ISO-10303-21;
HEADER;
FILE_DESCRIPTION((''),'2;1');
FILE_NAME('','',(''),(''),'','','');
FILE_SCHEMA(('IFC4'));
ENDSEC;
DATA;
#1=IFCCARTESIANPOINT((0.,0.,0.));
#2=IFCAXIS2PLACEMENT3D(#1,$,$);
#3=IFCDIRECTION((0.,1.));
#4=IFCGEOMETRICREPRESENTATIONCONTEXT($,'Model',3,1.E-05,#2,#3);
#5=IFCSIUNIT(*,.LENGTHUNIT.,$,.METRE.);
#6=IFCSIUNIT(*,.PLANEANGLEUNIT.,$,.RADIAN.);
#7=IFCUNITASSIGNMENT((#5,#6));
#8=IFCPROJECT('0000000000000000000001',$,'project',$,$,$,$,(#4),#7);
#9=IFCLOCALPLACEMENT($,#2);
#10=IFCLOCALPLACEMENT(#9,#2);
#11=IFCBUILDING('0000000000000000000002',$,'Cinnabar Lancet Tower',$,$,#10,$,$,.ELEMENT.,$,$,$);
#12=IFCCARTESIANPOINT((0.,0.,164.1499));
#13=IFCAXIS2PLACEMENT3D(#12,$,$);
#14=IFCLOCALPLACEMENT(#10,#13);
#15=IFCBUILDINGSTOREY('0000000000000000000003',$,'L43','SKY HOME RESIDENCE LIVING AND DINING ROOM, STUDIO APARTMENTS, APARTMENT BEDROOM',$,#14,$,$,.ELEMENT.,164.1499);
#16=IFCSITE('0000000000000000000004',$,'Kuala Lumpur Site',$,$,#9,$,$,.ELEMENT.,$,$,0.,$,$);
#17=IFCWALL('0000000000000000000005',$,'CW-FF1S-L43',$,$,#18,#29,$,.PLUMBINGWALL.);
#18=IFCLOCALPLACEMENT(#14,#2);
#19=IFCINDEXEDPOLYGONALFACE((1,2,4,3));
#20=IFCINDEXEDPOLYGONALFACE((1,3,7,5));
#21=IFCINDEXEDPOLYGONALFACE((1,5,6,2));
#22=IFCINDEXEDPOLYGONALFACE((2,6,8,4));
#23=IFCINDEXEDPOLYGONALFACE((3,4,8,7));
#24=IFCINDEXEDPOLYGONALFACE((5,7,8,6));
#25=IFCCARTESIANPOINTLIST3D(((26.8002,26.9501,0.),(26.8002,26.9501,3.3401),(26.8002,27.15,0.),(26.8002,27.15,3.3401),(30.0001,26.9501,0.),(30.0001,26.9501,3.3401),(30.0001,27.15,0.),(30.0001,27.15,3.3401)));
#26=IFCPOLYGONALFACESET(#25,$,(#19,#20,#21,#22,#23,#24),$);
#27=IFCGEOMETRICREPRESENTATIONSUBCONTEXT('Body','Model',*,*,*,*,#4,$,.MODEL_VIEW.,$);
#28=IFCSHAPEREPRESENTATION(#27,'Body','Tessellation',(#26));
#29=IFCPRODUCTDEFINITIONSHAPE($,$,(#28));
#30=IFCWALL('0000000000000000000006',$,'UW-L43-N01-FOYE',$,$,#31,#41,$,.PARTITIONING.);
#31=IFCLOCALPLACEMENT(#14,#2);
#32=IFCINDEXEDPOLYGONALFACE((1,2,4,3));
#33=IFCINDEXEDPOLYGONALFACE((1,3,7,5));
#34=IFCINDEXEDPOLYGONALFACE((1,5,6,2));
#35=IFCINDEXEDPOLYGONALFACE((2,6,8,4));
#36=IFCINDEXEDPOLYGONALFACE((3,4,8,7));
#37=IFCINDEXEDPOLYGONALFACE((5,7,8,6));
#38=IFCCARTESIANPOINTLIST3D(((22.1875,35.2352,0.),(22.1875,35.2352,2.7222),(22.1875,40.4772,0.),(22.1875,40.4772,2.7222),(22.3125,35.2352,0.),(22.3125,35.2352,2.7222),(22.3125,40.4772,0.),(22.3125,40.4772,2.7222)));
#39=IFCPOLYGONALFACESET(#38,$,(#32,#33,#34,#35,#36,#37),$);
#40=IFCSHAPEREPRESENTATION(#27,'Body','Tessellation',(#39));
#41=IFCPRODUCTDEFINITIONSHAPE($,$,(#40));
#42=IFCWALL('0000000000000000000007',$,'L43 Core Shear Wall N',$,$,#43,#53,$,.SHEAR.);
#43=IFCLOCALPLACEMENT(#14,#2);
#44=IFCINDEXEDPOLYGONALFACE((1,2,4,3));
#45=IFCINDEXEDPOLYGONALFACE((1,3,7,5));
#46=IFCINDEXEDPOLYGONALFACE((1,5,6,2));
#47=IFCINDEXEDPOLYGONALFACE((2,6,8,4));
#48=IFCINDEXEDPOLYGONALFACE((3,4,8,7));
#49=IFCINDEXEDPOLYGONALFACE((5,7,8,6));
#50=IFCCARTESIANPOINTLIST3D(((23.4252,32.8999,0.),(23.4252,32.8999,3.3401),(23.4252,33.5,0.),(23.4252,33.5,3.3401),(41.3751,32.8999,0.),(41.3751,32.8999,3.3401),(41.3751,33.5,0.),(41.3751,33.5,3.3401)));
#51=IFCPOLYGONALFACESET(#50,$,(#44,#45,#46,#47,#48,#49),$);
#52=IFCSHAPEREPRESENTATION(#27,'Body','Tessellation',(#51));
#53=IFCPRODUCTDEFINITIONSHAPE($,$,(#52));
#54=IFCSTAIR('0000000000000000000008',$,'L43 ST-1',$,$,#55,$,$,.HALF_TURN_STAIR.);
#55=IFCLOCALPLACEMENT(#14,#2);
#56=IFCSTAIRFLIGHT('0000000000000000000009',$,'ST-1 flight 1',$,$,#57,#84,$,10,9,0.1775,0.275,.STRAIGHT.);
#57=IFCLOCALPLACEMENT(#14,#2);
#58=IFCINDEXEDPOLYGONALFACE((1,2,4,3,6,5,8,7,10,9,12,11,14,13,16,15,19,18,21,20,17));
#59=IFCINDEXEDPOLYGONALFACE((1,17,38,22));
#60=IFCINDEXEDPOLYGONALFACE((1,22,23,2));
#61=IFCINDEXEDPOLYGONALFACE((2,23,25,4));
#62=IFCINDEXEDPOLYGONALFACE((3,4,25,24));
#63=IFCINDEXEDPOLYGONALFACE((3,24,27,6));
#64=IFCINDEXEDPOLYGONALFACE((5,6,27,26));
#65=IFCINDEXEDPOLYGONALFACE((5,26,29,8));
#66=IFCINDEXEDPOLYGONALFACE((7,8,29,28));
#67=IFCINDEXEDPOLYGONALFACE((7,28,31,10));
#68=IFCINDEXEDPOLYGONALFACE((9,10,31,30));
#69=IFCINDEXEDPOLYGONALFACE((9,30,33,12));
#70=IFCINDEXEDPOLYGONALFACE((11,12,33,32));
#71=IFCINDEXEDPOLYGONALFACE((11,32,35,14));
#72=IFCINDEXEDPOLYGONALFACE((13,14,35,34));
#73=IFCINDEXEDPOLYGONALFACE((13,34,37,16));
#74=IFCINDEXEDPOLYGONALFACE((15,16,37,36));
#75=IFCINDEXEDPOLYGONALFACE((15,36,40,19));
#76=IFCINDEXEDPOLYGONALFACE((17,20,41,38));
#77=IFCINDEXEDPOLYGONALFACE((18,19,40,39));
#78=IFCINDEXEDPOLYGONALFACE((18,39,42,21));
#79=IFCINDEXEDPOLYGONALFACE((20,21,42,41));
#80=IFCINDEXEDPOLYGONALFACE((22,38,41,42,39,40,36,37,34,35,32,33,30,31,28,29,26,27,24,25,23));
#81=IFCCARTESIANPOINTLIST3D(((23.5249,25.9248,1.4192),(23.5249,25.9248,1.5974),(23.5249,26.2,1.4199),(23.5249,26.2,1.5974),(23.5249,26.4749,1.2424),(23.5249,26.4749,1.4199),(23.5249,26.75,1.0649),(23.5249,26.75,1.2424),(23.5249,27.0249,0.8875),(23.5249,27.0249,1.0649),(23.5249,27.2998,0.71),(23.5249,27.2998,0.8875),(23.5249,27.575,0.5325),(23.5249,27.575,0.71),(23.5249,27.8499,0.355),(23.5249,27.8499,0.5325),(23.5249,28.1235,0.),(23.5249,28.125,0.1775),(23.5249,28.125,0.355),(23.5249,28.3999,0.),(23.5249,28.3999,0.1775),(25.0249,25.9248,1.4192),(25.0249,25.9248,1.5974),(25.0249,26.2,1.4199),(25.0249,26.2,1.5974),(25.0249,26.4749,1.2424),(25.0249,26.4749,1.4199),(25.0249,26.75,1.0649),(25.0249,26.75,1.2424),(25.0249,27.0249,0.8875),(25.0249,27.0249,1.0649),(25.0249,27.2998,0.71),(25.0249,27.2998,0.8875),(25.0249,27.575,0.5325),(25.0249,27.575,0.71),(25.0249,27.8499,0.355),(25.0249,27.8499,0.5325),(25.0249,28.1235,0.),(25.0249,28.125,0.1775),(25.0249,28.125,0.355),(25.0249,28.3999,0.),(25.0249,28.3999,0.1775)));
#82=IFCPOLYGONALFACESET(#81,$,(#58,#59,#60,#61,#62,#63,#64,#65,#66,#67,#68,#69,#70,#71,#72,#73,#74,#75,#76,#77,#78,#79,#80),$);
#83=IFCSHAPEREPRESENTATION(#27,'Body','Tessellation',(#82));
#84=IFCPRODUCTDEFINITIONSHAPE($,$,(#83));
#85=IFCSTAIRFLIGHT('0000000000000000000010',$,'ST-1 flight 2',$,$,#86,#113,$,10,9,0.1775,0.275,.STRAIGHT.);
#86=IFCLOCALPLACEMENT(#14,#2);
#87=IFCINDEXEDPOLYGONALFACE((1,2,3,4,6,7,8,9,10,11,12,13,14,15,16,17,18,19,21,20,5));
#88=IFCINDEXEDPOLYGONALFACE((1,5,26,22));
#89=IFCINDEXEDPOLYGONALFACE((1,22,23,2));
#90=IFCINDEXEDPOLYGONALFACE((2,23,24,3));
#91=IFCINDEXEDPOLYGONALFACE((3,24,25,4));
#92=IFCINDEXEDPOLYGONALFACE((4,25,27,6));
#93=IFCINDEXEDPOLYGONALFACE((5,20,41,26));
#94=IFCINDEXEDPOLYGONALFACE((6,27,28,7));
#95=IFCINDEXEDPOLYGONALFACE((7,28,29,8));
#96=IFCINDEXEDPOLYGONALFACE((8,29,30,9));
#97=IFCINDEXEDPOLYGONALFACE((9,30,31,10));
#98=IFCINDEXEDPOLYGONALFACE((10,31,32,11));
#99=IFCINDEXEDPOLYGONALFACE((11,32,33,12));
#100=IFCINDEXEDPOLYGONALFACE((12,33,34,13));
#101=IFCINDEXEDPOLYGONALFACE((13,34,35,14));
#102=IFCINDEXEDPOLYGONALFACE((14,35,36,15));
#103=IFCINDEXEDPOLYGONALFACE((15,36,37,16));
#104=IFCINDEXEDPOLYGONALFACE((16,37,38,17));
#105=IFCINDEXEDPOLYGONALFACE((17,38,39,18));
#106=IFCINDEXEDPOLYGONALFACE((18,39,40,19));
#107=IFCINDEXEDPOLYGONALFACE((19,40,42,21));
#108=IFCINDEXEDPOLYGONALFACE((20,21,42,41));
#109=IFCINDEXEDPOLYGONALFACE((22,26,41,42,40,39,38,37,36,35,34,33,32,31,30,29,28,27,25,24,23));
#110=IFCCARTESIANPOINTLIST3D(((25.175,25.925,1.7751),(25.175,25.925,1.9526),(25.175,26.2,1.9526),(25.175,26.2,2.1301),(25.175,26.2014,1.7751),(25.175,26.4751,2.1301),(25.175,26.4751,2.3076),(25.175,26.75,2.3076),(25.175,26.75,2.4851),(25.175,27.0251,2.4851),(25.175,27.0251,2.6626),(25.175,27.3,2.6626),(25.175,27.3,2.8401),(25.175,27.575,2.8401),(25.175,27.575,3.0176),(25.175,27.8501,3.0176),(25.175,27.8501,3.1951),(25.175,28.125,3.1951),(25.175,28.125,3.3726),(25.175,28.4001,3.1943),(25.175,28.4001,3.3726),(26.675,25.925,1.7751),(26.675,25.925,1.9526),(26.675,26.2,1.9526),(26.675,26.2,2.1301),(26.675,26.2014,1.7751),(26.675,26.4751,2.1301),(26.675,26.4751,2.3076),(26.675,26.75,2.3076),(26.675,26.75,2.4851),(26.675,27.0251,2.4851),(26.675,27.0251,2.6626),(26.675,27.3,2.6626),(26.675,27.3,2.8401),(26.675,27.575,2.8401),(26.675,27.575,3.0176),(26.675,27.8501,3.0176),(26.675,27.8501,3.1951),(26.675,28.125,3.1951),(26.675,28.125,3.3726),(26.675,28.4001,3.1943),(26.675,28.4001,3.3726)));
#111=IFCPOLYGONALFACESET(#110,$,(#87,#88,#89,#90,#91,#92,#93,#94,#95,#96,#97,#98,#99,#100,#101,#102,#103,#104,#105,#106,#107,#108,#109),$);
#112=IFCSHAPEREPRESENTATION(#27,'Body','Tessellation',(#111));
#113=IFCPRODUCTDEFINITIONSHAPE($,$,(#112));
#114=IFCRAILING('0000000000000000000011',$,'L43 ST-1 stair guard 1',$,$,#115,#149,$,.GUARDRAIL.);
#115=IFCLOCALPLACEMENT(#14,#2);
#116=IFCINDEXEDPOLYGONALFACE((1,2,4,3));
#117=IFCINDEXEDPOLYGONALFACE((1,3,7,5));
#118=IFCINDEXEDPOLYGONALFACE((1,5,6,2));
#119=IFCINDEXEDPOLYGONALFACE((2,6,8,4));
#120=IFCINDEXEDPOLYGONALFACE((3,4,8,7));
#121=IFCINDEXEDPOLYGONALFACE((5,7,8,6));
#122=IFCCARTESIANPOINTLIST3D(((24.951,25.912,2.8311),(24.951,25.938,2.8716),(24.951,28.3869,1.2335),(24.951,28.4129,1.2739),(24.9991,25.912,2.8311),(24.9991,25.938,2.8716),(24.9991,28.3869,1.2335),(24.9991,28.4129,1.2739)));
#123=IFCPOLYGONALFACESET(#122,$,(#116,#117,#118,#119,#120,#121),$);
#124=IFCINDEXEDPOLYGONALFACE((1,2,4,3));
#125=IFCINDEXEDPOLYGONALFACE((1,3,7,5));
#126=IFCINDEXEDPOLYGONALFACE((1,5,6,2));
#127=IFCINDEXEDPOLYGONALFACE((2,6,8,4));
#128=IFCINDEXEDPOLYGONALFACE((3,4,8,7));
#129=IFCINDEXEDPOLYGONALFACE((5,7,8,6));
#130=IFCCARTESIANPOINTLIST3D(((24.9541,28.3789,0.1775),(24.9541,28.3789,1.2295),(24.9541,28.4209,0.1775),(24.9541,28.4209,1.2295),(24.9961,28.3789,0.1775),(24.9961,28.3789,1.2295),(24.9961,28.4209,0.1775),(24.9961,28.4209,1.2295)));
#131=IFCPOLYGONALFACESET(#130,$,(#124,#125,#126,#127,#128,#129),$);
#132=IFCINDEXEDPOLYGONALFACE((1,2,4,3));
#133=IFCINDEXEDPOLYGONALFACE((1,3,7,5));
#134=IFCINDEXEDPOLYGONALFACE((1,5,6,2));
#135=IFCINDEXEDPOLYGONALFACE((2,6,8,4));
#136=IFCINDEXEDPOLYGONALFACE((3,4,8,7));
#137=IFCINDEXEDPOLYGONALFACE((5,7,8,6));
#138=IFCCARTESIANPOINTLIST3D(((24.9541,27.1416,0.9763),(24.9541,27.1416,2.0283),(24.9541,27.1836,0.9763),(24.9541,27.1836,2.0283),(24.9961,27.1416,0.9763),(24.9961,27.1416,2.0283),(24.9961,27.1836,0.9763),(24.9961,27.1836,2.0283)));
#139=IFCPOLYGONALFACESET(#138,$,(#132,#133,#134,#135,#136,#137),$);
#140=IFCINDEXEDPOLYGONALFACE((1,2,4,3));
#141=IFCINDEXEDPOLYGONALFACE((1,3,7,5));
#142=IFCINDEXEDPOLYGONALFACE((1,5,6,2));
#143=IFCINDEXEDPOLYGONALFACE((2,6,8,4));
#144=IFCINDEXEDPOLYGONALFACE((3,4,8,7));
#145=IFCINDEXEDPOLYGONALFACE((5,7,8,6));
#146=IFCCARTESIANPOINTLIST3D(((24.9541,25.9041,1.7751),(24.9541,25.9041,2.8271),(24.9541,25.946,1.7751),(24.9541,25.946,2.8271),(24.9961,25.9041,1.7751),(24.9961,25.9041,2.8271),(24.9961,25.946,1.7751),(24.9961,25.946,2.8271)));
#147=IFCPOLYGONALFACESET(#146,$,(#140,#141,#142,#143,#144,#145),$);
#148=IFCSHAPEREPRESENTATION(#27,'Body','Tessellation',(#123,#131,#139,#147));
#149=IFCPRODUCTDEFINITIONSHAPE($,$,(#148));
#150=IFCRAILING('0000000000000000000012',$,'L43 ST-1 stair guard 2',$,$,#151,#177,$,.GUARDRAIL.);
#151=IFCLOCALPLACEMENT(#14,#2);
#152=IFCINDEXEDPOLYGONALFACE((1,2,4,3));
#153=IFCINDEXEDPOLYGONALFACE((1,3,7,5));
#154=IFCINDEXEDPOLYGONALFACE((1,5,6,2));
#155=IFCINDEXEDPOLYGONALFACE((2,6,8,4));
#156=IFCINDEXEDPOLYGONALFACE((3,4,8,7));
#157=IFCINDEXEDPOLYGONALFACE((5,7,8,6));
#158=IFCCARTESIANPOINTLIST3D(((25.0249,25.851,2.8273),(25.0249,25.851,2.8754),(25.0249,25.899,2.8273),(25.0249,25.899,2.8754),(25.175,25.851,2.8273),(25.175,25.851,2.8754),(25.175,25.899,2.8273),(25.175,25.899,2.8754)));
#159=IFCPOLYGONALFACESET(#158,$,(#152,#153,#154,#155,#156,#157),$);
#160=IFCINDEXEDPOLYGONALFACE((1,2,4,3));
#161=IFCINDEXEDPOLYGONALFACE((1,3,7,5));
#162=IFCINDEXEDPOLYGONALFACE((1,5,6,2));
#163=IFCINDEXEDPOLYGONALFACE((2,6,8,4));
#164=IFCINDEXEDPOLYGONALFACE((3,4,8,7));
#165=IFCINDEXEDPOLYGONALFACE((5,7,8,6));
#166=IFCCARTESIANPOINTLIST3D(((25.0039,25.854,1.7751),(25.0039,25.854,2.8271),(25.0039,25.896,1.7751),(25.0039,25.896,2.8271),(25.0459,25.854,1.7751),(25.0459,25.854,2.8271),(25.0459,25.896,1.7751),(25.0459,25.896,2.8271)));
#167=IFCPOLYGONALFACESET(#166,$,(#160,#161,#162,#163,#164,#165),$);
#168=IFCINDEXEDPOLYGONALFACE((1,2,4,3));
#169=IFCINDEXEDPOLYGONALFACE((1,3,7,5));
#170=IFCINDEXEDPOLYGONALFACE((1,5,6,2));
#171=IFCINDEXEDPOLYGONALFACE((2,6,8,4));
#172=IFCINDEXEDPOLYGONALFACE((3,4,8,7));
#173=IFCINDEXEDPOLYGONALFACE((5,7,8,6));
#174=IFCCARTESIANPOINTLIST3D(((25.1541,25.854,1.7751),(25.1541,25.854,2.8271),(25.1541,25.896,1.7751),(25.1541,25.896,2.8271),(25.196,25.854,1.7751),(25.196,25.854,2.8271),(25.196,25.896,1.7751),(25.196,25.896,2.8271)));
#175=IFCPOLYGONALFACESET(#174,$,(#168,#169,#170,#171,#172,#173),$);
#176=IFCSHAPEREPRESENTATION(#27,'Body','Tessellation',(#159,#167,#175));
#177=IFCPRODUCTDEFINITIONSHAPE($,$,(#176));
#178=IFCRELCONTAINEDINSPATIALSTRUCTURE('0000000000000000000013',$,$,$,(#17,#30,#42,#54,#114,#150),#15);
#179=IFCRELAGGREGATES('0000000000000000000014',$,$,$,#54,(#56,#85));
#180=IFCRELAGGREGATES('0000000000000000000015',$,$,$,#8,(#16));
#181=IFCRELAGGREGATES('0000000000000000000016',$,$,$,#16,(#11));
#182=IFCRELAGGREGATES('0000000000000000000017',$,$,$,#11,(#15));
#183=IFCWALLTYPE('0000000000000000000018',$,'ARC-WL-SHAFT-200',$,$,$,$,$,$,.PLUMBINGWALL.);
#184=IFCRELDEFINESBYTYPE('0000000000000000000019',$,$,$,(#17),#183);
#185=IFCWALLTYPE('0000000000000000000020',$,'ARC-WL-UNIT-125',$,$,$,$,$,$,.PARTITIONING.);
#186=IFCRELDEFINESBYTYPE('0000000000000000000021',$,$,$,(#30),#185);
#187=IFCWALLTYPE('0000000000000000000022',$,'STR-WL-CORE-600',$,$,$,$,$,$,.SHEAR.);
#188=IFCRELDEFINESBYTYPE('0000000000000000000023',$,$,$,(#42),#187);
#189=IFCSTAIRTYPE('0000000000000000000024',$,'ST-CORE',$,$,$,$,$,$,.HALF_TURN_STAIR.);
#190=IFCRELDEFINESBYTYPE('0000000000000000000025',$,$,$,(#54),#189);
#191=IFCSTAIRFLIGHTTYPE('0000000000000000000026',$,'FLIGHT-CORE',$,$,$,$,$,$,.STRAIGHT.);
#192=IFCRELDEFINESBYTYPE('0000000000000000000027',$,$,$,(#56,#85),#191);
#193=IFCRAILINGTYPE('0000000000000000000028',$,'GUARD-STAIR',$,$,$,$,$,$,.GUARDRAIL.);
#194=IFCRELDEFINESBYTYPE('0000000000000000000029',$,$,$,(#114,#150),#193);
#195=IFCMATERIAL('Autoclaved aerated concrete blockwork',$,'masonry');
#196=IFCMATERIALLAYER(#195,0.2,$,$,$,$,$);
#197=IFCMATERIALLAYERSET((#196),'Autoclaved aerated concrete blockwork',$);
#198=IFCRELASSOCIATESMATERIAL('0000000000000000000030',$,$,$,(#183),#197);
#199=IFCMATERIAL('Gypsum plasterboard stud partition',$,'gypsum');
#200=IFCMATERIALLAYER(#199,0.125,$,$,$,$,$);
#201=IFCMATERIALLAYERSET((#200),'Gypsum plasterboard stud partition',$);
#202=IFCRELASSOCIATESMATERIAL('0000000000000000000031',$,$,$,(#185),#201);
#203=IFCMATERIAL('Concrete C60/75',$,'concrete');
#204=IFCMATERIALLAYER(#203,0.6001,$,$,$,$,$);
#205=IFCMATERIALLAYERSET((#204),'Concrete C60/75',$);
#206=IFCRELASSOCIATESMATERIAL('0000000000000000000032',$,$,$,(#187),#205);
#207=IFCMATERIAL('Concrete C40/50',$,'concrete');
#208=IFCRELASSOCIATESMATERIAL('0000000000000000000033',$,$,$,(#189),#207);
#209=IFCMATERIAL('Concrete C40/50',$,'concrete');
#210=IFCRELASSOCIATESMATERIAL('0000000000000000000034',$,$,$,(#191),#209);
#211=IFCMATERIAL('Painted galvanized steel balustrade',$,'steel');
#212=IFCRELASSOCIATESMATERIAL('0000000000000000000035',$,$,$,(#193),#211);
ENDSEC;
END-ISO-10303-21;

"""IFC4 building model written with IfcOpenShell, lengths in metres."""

from ifc_helpers import new_model, si_unit, direction, frame, frame_2d, origin, origin_2d, place, context, subcontext, project, spatial, polyline, rectangle, outline, extrude, material, layer, layer_set, type_object, element, aggregate, save


model = new_model("IFC4")

# Units and contexts
model_context = context("Model", 3, precision=1e-05, world=origin(), true_north=direction((0.0, 1.0)))
body_context = subcontext(model_context, "Body", "Model", "MODEL_VIEW")
ifc_project = project(units=[si_unit("LENGTHUNIT", "METRE"), si_unit("PLANEANGLEUNIT", "RADIAN")], contexts=[model_context])

# Site, building, storey
site_placement = place(None, origin())
site = spatial("IfcSite", under=ifc_project, at=site_placement, Name="Kuala Lumpur Site", CompositionType="ELEMENT", RefElevation=0.0)
building_placement = place(site_placement, origin())
building = spatial("IfcBuilding", under=site, at=building_placement, Name="Cinnabar Lancet Tower", CompositionType="ELEMENT")
storey_placement = place(building_placement, frame((0.0, 0.0, 164.1499)))
storey = spatial("IfcBuildingStorey", under=building, at=storey_placement, Name="L43", Description="SKY HOME RESIDENCE LIVING AND DINING ROOM, STUDIO APARTMENTS, APARTMENT BEDROOM", CompositionType="ELEMENT", Elevation=164.1499)

# Shared definitions
ifc_material_1 = material(Name="Autoclaved aerated concrete blockwork", Category="masonry")
ifc_layer_1 = layer(ifc_material_1, 0.2)
ifc_layer_set_1 = layer_set([ifc_layer_1], Name="Autoclaved aerated concrete blockwork")
wall_type_1 = type_object("IfcWallType", Name="ARC-WL-SHAFT-200", PredefinedType="PLUMBINGWALL", material=ifc_layer_set_1)

# Walls
wall_1_placement = place(storey_placement, frame((26.8, 27.05, 0.0), z_axis=(0.0, 0.0, 1.0), x_axis=(1.0, 0.0, 0.0)))
element("IfcWall", 1, at=wall_1_placement, inside=storey, type_object=wall_type_1, Name="CW-FF1S-L43", PredefinedType="PLUMBINGWALL", context=body_context, shape_type="SweptSolid", body=[
    extrude(rectangle(XDim=3.2, YDim=0.2, at=frame_2d((1.6001, 0.0))), origin(), (0.0, 0.0, 1.0), 3.3401),
])
ifc_material_2 = material(Name="Gypsum plasterboard stud partition", Category="gypsum")
ifc_layer_2 = layer(ifc_material_2, 0.125)
ifc_layer_set_2 = layer_set([ifc_layer_2], Name="Gypsum plasterboard stud partition")
wall_type_2 = type_object("IfcWallType", Name="ARC-WL-UNIT-125", PredefinedType="PARTITIONING", material=ifc_layer_set_2)
wall_2_placement = place(storey_placement, frame((22.25, 35.2351, 0.0), z_axis=(0.0, 0.0, 1.0), x_axis=(0.0, 1.0, 0.0)))
element("IfcWall", 2, at=wall_2_placement, inside=storey, type_object=wall_type_2, Name="UW-L43-N01-FOYE", PredefinedType="PARTITIONING", context=body_context, shape_type="SweptSolid", body=[
    extrude(rectangle(XDim=5.2419, YDim=0.125, at=frame_2d((2.6211, 0.0))), origin(), (0.0, 0.0, 1.0), 2.7222),
])
ifc_material_3 = material(Name="Concrete C60/75", Category="concrete")
ifc_layer_3 = layer(ifc_material_3, 0.6001)
ifc_layer_set_3 = layer_set([ifc_layer_3], Name="Concrete C60/75")
wall_type_3 = type_object("IfcWallType", Name="STR-WL-CORE-600", PredefinedType="SHEAR", material=ifc_layer_set_3)
wall_3_placement = place(storey_placement, frame((23.425, 33.2, 0.0), z_axis=(0.0, 0.0, 1.0), x_axis=(1.0, 0.0, 0.0)))
element("IfcWall", 3, at=wall_3_placement, inside=storey, type_object=wall_type_3, Name="L43 Core Shear Wall N", PredefinedType="SHEAR", context=body_context, shape_type="SweptSolid", body=[
    extrude(rectangle(XDim=17.95, YDim=0.6001, at=frame_2d((8.9751, 0.0))), origin(), (0.0, 0.0, 1.0), 3.3401),
])

# Stair, stair flights
ifc_material_4 = material(Name="Concrete C40/50", Category="concrete")
stair_type = type_object("IfcStairType", Name="ST-CORE", PredefinedType="HALF_TURN_STAIR", material=ifc_material_4)
stair_placement = place(storey_placement, origin())
stair = element("IfcStair", 4, at=stair_placement, inside=storey, type_object=stair_type, Name="L43 ST-1", PredefinedType="HALF_TURN_STAIR")
ifc_material_5 = material(Name="Concrete C40/50", Category="concrete")
stair_flight_type = type_object("IfcStairFlightType", Name="FLIGHT-CORE", PredefinedType="STRAIGHT", material=ifc_material_5)
stair_flight_1_placement = place(storey_placement, frame((24.2749, 28.3999, 0.0), z_axis=(0.0, 0.0, 1.0), x_axis=(0.0, -1.0, 0.0)))
stair_flight_1 = element("IfcStairFlight", 5, at=stair_flight_1_placement, type_object=stair_flight_type, Name="ST-1 flight 1", NumberOfRisers=10, NumberOfTreads=9, PredefinedType="STRAIGHT", RiserHeight=0.1775, TreadLength=0.275, context=body_context, shape_type="SweptSolid", body=[
    extrude(outline(polyline([(0.0, 0.0), (0.0, 0.1775), (0.2749, 0.1775), (0.2749, 0.355), (0.55, 0.355), (0.55, 0.5325), (0.825, 0.5325), (0.825, 0.71), (1.1001, 0.71), (1.1001, 0.8875), (1.375, 0.8875), (1.375, 1.0649), (1.6499, 1.0649), (1.6499, 1.2424), (1.925, 1.2424), (1.925, 1.4199), (2.2, 1.4199), (2.2, 1.5974), (2.4751, 1.5974), (2.4751, 1.7749), (2.4751, 1.4192), (0.2764, 0.0), (0.0, 0.0)])), frame((0.0, 0.75, 0.0), z_axis=(0.0, -1.0, 0.0), x_axis=(1.0, 0.0, 0.0)), (0.0, 0.0, 1.0), 1.5),
])
stair_flight_2_placement = place(storey_placement, frame((25.925, 25.925, 1.7751), z_axis=(0.0, 0.0, 1.0), x_axis=(0.0, 1.0, 0.0)))
stair_flight_2 = element("IfcStairFlight", 6, at=stair_flight_2_placement, type_object=stair_flight_type, Name="ST-1 flight 2", NumberOfRisers=10, NumberOfTreads=9, PredefinedType="STRAIGHT", RiserHeight=0.1775, TreadLength=0.275, context=body_context, shape_type="SweptSolid", body=[
    extrude(outline(polyline([(0.0, 0.0), (0.0, 0.1775), (0.2749, 0.1775), (0.2749, 0.355), (0.55, 0.355), (0.55, 0.5325), (0.825, 0.5325), (0.825, 0.71), (1.1001, 0.71), (1.1001, 0.8875), (1.375, 0.8875), (1.375, 1.0649), (1.6499, 1.0649), (1.6499, 1.2424), (1.925, 1.2424), (1.925, 1.4199), (2.2, 1.4199), (2.2, 1.5974), (2.4751, 1.5974), (2.4751, 1.7749), (2.4751, 1.4192), (0.2764, 0.0), (0.0, 0.0)])), frame((0.0, 0.75, 0.0), z_axis=(0.0, -1.0, 0.0), x_axis=(1.0, 0.0, 0.0)), (0.0, 0.0, 1.0), 1.5),
])
aggregate(stair, [stair_flight_1, stair_flight_2])

# Railings
ifc_material_6 = material(Name="Painted galvanized steel balustrade", Category="steel")
railing_type_1 = type_object("IfcRailingType", Name="GUARD-STAIR", PredefinedType="GUARDRAIL", material=ifc_material_6)
railing_1_placement = place(storey_placement, frame((24.9751, 28.3999, 0.1775)))
element("IfcRailing", 7, at=railing_1_placement, inside=storey, type_object=railing_type_1, Name="L43 ST-1 stair guard 1", PredefinedType="GUARDRAIL", context=body_context, shape_type="SweptSolid", body=[
    extrude(rectangle(XDim=0.0481, YDim=0.0481, at=origin_2d()), frame((0.0, 0.0, 1.0762), z_axis=(0.0, -0.840146, 0.542361), x_axis=(1.0, 0.0, 0.0)), (0.0, 0.0, 1.0), 2.9458),
    extrude(rectangle(XDim=0.042, YDim=0.042, at=origin_2d()), origin(), (0.0, 0.0, 1.0), 1.052),
    extrude(rectangle(XDim=0.042, YDim=0.042, at=origin_2d()), frame((0.0, -1.2373, 0.7988)), (0.0, 0.0, 1.0), 1.052),
    extrude(rectangle(XDim=0.042, YDim=0.042, at=origin_2d()), frame((0.0, -2.4749, 1.5977)), (0.0, 0.0, 1.0), 1.052),
])
railing_2_placement = place(storey_placement, frame((25.0249, 25.875, 1.7751)))
element("IfcRailing", 8, at=railing_2_placement, inside=storey, type_object=railing_type_1, Name="L43 ST-1 stair guard 2", PredefinedType="GUARDRAIL", context=body_context, shape_type="SweptSolid", body=[
    extrude(rectangle(XDim=0.0481, YDim=0.0481, at=origin_2d()), frame((0.0, 0.0, 1.0762), z_axis=(1.0, 0.0, 0.0), x_axis=(0.0, 1.0, 0.0)), (0.0, 0.0, 1.0), 0.1501),
    extrude(rectangle(XDim=0.042, YDim=0.042, at=origin_2d()), origin(), (0.0, 0.0, 1.0), 1.052),
    extrude(rectangle(XDim=0.042, YDim=0.042, at=origin_2d()), frame((0.1501, 0.0, 0.0)), (0.0, 0.0, 1.0), 1.052),
])

save(model, "model.ifc")
